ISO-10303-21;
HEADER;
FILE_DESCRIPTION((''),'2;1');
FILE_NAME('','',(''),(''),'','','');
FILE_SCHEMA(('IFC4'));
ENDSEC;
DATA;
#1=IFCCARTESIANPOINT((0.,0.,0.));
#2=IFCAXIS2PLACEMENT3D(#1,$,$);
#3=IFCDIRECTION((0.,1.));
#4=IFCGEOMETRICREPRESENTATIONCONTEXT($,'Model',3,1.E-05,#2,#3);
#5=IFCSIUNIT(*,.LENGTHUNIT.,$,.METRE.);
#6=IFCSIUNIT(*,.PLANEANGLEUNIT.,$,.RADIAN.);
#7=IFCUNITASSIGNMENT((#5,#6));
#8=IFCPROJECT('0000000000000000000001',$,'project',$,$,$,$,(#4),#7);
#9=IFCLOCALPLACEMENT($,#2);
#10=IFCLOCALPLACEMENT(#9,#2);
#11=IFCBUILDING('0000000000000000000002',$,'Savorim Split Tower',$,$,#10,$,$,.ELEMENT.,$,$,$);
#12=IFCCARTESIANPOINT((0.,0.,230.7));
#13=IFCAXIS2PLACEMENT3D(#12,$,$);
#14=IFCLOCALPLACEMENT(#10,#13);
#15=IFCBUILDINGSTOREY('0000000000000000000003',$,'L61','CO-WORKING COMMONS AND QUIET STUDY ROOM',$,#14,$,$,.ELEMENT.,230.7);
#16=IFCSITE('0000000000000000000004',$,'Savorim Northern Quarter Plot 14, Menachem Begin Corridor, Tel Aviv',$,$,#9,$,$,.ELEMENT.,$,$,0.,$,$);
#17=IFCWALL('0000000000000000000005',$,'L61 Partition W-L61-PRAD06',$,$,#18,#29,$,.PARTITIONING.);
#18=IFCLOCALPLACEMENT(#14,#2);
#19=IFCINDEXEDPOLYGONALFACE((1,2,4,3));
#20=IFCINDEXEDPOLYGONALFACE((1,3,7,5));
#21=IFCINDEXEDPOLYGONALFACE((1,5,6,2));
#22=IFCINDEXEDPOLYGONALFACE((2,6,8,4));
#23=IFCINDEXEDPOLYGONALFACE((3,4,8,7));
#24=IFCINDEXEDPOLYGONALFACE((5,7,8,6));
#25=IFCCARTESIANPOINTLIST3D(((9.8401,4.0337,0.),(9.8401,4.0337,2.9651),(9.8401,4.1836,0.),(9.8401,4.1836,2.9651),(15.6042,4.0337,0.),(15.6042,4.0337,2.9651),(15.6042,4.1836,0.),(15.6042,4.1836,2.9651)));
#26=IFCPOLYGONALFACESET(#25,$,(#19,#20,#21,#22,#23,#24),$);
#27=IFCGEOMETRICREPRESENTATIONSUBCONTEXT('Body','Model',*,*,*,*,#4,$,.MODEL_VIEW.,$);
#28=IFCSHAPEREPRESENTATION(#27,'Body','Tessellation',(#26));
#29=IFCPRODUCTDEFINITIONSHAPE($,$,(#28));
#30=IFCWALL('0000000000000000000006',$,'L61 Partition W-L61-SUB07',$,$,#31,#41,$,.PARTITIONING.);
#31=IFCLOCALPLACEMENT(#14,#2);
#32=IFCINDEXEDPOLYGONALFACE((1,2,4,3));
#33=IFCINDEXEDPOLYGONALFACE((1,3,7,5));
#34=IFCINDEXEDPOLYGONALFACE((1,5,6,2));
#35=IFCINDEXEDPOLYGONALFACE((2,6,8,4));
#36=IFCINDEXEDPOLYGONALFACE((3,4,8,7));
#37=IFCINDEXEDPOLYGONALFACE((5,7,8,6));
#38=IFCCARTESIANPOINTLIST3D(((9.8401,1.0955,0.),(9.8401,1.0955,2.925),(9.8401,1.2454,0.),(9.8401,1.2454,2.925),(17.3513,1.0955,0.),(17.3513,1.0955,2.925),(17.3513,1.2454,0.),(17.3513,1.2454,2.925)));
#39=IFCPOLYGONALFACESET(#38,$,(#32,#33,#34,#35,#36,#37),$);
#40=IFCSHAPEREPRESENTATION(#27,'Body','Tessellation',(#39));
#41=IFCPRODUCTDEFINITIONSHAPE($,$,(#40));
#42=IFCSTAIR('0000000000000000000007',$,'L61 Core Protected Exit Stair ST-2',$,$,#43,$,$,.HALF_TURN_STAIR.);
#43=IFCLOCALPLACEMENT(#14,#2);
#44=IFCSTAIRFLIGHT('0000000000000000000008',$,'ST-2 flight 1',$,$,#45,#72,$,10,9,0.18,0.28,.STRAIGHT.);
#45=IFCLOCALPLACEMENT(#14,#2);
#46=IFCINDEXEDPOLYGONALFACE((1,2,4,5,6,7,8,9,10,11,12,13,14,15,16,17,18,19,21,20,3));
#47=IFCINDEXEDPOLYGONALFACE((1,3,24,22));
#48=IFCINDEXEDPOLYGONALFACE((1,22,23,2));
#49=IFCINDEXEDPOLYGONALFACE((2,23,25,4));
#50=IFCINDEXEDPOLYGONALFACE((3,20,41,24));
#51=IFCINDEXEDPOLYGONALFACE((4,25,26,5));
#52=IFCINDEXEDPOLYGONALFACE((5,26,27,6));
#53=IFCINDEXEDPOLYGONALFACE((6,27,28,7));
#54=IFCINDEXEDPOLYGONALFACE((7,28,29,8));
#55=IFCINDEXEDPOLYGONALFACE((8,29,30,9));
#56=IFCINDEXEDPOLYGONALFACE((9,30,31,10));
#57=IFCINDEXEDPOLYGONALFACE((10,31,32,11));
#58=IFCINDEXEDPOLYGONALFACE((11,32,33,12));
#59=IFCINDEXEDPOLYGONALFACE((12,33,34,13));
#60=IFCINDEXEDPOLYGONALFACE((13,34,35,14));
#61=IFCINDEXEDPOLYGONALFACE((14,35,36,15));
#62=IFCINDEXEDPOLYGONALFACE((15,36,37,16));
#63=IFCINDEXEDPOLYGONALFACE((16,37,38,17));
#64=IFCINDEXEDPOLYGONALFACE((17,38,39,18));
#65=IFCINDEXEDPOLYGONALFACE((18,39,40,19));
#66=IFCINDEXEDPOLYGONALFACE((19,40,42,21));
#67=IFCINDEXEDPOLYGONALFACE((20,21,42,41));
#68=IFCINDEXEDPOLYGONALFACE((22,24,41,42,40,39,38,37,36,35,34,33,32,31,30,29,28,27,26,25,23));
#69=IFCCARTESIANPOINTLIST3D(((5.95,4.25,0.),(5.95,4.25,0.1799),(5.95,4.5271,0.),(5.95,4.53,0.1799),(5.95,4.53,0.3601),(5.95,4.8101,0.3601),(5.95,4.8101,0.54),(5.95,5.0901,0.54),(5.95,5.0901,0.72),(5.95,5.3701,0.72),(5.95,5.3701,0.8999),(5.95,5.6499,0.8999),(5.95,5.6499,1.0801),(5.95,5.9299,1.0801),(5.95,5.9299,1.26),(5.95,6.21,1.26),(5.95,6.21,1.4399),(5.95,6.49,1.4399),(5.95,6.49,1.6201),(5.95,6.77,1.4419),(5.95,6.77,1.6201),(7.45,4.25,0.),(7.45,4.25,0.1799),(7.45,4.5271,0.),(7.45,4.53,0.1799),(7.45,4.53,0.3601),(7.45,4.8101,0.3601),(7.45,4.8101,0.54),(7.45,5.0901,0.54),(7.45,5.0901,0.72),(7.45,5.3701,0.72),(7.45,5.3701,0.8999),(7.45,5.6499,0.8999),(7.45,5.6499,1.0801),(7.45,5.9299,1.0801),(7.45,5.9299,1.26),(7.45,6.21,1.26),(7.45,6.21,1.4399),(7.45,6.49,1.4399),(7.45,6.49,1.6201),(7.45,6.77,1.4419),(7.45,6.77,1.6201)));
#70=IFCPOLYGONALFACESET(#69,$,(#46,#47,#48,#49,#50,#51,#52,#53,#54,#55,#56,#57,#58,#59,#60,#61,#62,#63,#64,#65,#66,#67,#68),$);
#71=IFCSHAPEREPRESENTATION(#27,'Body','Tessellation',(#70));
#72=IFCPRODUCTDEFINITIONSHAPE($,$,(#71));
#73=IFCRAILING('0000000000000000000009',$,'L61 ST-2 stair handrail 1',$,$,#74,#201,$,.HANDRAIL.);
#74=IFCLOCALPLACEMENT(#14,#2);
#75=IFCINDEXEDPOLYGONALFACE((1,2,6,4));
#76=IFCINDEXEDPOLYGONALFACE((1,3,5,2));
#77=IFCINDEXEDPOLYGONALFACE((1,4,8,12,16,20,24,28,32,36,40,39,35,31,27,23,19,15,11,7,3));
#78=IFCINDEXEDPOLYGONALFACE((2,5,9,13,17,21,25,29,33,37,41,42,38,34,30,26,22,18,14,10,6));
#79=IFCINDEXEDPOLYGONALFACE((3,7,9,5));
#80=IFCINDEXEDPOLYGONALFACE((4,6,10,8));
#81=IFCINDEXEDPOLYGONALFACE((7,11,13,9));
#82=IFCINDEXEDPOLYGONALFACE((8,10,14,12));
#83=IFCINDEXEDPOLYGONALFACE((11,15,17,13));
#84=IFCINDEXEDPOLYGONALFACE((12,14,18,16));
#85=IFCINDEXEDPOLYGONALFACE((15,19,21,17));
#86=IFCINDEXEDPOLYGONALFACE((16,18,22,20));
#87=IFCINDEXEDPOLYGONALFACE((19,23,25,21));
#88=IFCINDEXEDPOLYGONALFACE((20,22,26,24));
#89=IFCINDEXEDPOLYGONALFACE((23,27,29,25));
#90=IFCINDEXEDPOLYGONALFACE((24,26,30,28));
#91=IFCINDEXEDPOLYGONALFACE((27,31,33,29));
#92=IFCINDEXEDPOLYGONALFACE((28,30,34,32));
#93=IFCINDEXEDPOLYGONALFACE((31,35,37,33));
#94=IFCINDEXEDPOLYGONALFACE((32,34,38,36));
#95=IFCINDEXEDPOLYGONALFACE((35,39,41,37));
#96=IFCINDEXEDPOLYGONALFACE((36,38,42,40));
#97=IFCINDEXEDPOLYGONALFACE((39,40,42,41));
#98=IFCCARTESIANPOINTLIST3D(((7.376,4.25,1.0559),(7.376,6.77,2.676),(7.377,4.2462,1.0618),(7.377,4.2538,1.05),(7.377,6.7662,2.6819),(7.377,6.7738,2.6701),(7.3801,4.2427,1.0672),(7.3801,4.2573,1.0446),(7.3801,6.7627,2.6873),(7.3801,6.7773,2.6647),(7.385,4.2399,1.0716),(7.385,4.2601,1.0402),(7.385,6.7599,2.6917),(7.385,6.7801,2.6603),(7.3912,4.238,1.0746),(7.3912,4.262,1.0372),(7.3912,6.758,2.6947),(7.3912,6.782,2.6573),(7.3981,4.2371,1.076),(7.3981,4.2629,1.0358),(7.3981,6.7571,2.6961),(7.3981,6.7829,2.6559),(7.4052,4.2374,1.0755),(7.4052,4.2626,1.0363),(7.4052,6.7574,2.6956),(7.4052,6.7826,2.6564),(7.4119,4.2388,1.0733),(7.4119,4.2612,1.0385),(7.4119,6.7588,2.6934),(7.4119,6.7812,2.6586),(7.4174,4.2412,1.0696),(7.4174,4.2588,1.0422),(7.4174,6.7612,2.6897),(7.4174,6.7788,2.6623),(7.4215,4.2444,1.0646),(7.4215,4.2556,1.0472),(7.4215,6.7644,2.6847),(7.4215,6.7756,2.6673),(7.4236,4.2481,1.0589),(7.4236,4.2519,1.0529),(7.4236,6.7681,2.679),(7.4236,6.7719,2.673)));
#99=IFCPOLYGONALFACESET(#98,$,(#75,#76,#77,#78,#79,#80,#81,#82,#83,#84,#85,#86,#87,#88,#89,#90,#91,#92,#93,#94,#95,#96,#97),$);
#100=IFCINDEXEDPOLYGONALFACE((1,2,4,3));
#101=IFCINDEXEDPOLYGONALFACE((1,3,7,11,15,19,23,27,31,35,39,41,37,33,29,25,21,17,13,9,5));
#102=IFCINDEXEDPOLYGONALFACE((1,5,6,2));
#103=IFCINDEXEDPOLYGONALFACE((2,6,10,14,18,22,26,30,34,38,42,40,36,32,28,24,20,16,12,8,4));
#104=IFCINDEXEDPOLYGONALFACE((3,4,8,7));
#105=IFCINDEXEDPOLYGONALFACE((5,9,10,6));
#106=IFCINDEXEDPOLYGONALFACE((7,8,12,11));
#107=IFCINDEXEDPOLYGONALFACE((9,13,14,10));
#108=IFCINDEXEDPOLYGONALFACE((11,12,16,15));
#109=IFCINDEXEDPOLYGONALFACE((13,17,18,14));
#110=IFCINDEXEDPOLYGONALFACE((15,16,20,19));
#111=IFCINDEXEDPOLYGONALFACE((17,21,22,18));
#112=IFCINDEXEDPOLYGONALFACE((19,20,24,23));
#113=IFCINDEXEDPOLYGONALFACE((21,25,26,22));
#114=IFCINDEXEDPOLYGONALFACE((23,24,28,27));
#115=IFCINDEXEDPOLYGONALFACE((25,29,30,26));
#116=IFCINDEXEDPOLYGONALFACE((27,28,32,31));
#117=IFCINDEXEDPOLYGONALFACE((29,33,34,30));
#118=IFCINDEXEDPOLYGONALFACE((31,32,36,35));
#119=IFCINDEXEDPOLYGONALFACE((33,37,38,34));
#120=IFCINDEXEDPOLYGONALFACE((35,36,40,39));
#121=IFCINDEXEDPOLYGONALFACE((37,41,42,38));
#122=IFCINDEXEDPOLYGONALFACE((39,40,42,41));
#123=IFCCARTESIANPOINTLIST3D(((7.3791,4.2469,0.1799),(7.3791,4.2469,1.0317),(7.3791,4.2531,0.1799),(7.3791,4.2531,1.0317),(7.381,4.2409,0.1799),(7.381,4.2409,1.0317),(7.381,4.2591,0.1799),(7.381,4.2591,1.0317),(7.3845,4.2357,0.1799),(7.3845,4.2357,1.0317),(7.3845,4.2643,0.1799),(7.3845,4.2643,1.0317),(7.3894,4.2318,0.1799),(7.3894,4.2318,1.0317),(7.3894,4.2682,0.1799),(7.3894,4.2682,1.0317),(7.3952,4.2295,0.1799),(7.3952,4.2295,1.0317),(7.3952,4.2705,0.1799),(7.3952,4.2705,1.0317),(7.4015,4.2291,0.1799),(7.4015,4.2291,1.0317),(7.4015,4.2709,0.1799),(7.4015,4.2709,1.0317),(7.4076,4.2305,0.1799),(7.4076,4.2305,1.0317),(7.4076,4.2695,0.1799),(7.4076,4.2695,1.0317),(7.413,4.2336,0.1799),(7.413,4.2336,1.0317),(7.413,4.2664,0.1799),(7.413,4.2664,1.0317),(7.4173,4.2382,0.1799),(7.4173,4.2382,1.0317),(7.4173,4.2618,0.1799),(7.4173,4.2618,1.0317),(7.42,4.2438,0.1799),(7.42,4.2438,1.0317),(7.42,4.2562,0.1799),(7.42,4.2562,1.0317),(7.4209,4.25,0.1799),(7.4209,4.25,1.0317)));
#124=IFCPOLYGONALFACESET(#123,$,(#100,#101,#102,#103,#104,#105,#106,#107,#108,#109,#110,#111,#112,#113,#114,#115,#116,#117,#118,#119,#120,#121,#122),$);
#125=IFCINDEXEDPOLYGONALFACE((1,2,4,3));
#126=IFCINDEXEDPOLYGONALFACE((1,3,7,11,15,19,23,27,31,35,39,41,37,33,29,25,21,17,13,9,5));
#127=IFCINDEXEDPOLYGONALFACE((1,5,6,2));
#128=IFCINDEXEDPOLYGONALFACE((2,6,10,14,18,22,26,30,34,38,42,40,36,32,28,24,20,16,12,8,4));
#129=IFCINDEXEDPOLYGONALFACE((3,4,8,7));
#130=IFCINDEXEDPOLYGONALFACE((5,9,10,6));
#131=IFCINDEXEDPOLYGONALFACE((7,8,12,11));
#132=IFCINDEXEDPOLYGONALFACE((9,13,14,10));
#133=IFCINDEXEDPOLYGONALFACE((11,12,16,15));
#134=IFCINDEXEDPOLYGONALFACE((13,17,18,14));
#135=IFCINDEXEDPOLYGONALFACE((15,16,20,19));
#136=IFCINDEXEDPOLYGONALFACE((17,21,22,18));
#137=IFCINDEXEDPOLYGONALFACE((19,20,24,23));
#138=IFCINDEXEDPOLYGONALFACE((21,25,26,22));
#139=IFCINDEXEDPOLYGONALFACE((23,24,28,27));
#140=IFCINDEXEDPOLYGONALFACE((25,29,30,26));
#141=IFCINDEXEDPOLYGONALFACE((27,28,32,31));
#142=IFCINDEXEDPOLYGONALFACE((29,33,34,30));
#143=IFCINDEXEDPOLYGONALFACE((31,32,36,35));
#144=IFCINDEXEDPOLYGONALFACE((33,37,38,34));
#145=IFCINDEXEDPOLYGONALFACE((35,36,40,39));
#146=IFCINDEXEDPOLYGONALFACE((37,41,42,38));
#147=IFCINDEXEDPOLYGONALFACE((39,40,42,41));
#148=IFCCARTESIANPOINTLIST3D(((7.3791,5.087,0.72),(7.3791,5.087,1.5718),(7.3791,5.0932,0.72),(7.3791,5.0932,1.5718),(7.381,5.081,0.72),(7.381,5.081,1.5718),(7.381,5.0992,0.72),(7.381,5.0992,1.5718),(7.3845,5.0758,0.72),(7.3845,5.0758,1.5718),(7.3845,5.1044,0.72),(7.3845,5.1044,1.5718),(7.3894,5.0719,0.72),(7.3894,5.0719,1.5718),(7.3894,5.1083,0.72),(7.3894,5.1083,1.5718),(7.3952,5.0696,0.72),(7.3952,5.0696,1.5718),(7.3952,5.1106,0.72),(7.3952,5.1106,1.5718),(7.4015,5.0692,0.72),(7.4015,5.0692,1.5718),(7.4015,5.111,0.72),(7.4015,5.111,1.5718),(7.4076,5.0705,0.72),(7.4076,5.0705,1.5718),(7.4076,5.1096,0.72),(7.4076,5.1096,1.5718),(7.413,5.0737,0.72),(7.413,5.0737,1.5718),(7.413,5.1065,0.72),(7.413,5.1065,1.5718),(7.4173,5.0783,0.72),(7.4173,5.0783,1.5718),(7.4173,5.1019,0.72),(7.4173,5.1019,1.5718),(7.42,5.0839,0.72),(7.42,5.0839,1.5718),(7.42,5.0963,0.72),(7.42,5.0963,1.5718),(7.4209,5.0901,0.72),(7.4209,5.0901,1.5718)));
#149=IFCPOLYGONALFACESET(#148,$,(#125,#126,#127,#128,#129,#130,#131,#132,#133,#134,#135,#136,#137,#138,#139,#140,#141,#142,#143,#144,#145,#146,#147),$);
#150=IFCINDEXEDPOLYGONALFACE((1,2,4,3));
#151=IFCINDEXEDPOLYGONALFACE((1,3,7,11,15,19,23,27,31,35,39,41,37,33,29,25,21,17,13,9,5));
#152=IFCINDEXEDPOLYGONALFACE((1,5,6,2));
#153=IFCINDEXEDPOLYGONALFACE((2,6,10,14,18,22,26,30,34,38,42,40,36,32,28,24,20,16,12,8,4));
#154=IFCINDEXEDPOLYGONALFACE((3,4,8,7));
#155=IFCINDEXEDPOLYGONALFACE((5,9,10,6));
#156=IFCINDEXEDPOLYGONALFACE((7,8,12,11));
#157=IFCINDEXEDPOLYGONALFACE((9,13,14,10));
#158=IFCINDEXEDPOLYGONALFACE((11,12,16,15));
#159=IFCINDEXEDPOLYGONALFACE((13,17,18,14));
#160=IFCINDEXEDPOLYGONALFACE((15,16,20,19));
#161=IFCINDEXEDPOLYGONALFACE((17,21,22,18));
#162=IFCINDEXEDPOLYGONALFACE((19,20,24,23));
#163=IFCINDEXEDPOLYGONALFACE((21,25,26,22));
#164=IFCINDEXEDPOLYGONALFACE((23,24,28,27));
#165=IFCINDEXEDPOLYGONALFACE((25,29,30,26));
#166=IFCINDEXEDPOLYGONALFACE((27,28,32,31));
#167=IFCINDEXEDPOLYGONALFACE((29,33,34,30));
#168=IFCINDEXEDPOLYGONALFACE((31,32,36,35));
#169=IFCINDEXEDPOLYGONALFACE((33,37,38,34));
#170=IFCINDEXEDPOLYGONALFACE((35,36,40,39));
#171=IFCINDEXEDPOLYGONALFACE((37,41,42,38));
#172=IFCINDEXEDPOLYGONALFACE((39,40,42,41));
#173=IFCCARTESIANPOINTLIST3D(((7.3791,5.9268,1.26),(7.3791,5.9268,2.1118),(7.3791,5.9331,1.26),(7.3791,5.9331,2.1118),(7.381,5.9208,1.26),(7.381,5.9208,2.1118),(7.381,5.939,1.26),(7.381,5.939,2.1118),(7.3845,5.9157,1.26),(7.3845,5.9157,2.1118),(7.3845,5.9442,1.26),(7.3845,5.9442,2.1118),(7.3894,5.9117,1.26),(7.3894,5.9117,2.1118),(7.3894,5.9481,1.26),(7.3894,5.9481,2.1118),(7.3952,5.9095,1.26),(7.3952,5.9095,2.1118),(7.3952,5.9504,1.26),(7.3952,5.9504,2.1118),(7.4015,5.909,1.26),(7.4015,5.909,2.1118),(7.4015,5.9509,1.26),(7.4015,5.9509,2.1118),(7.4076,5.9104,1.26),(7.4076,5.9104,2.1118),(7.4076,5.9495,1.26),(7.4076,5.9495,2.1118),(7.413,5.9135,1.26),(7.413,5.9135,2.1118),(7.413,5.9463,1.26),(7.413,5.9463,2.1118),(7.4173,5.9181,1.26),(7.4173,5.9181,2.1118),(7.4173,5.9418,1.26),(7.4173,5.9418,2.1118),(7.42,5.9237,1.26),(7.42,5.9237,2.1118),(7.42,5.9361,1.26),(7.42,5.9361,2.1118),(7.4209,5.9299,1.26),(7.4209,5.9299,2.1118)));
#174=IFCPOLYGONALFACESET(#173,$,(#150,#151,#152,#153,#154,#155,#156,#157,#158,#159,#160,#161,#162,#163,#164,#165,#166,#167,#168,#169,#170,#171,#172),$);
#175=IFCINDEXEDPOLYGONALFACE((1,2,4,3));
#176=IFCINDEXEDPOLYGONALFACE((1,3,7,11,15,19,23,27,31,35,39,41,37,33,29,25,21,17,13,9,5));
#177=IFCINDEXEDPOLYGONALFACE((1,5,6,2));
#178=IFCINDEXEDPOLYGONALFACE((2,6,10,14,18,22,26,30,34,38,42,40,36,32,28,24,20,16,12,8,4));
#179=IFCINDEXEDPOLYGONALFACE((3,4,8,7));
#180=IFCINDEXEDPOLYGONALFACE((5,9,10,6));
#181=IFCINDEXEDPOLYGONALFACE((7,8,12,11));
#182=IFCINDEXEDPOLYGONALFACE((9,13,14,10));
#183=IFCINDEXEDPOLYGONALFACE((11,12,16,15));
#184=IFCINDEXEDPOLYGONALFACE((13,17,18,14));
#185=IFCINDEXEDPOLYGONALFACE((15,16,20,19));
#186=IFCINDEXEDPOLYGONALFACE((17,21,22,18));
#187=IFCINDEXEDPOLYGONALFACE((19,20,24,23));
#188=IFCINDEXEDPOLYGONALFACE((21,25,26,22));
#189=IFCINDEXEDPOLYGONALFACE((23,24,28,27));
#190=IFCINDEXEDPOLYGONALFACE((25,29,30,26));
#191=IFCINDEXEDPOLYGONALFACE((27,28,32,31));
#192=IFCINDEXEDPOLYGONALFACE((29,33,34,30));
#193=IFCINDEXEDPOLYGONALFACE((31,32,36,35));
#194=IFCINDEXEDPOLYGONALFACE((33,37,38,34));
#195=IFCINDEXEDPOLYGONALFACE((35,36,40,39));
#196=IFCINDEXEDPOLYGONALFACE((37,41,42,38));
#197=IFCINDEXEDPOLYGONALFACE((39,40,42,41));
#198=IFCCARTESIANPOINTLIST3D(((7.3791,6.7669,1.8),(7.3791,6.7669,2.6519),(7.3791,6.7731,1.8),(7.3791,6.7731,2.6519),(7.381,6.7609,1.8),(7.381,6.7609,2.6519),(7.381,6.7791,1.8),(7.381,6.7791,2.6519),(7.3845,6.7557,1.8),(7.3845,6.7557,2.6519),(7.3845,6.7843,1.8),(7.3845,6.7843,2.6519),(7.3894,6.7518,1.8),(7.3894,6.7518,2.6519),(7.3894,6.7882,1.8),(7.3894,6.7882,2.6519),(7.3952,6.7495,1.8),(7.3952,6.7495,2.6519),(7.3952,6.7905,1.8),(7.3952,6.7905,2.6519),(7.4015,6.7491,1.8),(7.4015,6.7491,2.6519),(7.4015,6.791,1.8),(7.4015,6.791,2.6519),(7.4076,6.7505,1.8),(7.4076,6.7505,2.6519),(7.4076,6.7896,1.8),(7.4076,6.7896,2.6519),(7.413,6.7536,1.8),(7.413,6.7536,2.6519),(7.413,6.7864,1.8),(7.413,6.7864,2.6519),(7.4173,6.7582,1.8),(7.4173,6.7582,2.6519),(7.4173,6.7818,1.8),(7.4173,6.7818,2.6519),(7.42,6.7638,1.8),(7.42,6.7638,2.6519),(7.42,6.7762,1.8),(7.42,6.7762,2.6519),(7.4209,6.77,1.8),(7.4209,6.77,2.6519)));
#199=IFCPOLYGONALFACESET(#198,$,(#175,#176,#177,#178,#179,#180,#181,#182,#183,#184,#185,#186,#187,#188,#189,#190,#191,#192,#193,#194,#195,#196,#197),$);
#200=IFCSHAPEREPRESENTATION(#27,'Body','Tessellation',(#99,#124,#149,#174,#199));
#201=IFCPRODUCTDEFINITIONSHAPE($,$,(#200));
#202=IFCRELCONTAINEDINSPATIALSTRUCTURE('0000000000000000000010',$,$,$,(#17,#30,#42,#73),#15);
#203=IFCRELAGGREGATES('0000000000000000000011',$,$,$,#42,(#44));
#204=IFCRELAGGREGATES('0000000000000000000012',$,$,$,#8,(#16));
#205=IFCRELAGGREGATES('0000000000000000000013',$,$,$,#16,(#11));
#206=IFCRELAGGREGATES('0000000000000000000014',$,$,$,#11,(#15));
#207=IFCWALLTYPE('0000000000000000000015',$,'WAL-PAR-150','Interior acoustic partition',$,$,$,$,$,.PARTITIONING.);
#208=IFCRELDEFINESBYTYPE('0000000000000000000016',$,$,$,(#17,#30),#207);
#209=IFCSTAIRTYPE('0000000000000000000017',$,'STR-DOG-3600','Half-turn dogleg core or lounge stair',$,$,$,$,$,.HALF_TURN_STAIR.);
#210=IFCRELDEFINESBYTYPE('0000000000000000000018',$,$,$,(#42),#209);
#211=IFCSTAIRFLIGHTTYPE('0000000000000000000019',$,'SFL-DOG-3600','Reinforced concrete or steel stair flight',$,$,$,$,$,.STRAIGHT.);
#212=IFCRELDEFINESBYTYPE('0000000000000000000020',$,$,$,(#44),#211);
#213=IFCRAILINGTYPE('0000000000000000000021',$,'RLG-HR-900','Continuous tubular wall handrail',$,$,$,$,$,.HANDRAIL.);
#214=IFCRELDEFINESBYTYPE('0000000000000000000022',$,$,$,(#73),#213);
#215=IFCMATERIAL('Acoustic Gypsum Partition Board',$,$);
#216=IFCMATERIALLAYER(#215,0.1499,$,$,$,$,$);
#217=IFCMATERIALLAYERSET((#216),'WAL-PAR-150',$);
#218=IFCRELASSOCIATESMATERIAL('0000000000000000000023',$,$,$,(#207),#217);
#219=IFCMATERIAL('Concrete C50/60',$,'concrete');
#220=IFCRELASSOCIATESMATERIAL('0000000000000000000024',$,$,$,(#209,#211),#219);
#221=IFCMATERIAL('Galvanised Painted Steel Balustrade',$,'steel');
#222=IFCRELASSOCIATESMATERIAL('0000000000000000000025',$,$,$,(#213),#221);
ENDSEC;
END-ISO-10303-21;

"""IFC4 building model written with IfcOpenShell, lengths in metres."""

from ifc_helpers import new_model, si_unit, direction, frame, frame_2d, origin, origin_2d, place, context, subcontext, project, spatial, polyline, rectangle, circle, outline, extrude, material, layer, layer_set, type_object, element, aggregate, save


model = new_model("IFC4")

# Units and contexts
model_context = context("Model", 3, precision=1e-05, world=origin(), true_north=direction((0.0, 1.0)))
body_context = subcontext(model_context, "Body", "Model", "MODEL_VIEW")
ifc_project = project(units=[si_unit("LENGTHUNIT", "METRE"), si_unit("PLANEANGLEUNIT", "RADIAN")], contexts=[model_context])

# Site, building, storey
site_placement = place(None, origin())
site = spatial("IfcSite", under=ifc_project, at=site_placement, Name="Savorim Northern Quarter Plot 14, Menachem Begin Corridor, Tel Aviv", CompositionType="ELEMENT", RefElevation=0.0)
building_placement = place(site_placement, origin())
building = spatial("IfcBuilding", under=site, at=building_placement, Name="Savorim Split Tower", CompositionType="ELEMENT")
storey_placement = place(building_placement, frame((0.0, 0.0, 230.7)))
storey = spatial("IfcBuildingStorey", under=building, at=storey_placement, Name="L61", Description="CO-WORKING COMMONS AND QUIET STUDY ROOM", CompositionType="ELEMENT", Elevation=230.7)

# Shared definitions
ifc_material_1 = material(Name="Concrete C50/60", Category="concrete")

# Walls
ifc_material_2 = material(Name="Acoustic Gypsum Partition Board")
ifc_layer_1 = layer(ifc_material_2, 0.1499)
ifc_layer_set_1 = layer_set([ifc_layer_1], Name="WAL-PAR-150")
wall_type_1 = type_object("IfcWallType", Name="WAL-PAR-150", Description="Interior acoustic partition", PredefinedType="PARTITIONING", material=ifc_layer_set_1)
wall_1_placement = place(storey_placement, frame((9.8401, 4.1086, 0.0), z_axis=(0.0, 0.0, 1.0), x_axis=(1.0, 0.0, 0.0)))
element("IfcWall", 1, at=wall_1_placement, inside=storey, type_object=wall_type_1, Name="L61 Partition W-L61-PRAD06", PredefinedType="PARTITIONING", context=body_context, shape_type="SweptSolid", body=[
    extrude(rectangle(XDim=5.7642, YDim=0.1499, at=frame_2d((2.8821, 0.0))), origin(), (0.0, 0.0, 1.0), 2.9651),
])
wall_2_placement = place(storey_placement, frame((9.8401, 1.1704, 0.0), z_axis=(0.0, 0.0, 1.0), x_axis=(1.0, 0.0, 0.0)))
element("IfcWall", 2, at=wall_2_placement, inside=storey, type_object=wall_type_1, Name="L61 Partition W-L61-SUB07", PredefinedType="PARTITIONING", context=body_context, shape_type="SweptSolid", body=[
    extrude(rectangle(XDim=7.5112, YDim=0.1499, at=frame_2d((3.7556, 0.0))), origin(), (0.0, 0.0, 1.0), 2.925),
])

# Stair, stair flight
stair_type = type_object("IfcStairType", Name="STR-DOG-3600", Description="Half-turn dogleg core or lounge stair", PredefinedType="HALF_TURN_STAIR", material=ifc_material_1)
stair_placement = place(storey_placement, origin())
stair = element("IfcStair", 3, at=stair_placement, inside=storey, type_object=stair_type, Name="L61 Core Protected Exit Stair ST-2", PredefinedType="HALF_TURN_STAIR")
stair_flight_type = type_object("IfcStairFlightType", Name="SFL-DOG-3600", Description="Reinforced concrete or steel stair flight", PredefinedType="STRAIGHT", material=ifc_material_1)
stair_flight_placement = place(storey_placement, frame((6.7, 4.25, 0.0), z_axis=(0.0, 0.0, 1.0), x_axis=(0.0, 1.0, 0.0)))
stair_flight = element("IfcStairFlight", 4, at=stair_flight_placement, type_object=stair_flight_type, Name="ST-2 flight 1", NumberOfRisers=10, NumberOfTreads=9, PredefinedType="STRAIGHT", RiserHeight=0.18, TreadLength=0.28, context=body_context, shape_type="SweptSolid", body=[
    extrude(outline(polyline([(0.0, 0.0), (0.0, 0.1799), (0.28, 0.1799), (0.28, 0.3601), (0.5601, 0.3601), (0.5601, 0.54), (0.8401, 0.54), (0.8401, 0.72), (1.1201, 0.72), (1.1201, 0.8999), (1.3999, 0.8999), (1.3999, 1.0801), (1.6799, 1.0801), (1.6799, 1.26), (1.96, 1.26), (1.96, 1.4399), (2.24, 1.4399), (2.24, 1.6201), (2.52, 1.6201), (2.52, 1.8), (2.52, 1.4419), (0.2771, 0.0), (0.0, 0.0)])), frame((0.0, 0.75, 0.0), z_axis=(0.0, -1.0, 0.0), x_axis=(1.0, 0.0, 0.0)), (0.0, 0.0, 1.0), 1.5),
])
aggregate(stair, [stair_flight])

# Railing
ifc_material_3 = material(Name="Galvanised Painted Steel Balustrade", Category="steel")
railing_type_1 = type_object("IfcRailingType", Name="RLG-HR-900", Description="Continuous tubular wall handrail", PredefinedType="HANDRAIL", material=ifc_material_3)
railing_1_placement = place(storey_placement, frame((7.3999, 4.25, 0.1799)))
element("IfcRailing", 5, at=railing_1_placement, inside=storey, type_object=railing_type_1, Name="L61 ST-2 stair handrail 1", PredefinedType="HANDRAIL", context=body_context, shape_type="SweptSolid", body=[
    extrude(circle(Radius=0.0239, at=origin_2d()), frame((0.0, 0.0, 0.876), z_axis=(0.0, 0.841163, 0.540782), x_axis=(-1.0, 0.0, 0.0)), (0.0, 0.0, 1.0), 2.9958),
    extrude(circle(Radius=0.021, at=origin_2d()), origin(), (0.0, 0.0, 1.0), 0.8518),
    extrude(circle(Radius=0.021, at=origin_2d()), frame((0.0, 0.8401, 0.54)), (0.0, 0.0, 1.0), 0.8518),
    extrude(circle(Radius=0.021, at=origin_2d()), frame((0.0, 1.6799, 1.0801)), (0.0, 0.0, 1.0), 0.8518),
    extrude(circle(Radius=0.021, at=origin_2d()), frame((0.0, 2.52, 1.6201)), (0.0, 0.0, 1.0), 0.8518),
])

save(model, "model.ifc")
